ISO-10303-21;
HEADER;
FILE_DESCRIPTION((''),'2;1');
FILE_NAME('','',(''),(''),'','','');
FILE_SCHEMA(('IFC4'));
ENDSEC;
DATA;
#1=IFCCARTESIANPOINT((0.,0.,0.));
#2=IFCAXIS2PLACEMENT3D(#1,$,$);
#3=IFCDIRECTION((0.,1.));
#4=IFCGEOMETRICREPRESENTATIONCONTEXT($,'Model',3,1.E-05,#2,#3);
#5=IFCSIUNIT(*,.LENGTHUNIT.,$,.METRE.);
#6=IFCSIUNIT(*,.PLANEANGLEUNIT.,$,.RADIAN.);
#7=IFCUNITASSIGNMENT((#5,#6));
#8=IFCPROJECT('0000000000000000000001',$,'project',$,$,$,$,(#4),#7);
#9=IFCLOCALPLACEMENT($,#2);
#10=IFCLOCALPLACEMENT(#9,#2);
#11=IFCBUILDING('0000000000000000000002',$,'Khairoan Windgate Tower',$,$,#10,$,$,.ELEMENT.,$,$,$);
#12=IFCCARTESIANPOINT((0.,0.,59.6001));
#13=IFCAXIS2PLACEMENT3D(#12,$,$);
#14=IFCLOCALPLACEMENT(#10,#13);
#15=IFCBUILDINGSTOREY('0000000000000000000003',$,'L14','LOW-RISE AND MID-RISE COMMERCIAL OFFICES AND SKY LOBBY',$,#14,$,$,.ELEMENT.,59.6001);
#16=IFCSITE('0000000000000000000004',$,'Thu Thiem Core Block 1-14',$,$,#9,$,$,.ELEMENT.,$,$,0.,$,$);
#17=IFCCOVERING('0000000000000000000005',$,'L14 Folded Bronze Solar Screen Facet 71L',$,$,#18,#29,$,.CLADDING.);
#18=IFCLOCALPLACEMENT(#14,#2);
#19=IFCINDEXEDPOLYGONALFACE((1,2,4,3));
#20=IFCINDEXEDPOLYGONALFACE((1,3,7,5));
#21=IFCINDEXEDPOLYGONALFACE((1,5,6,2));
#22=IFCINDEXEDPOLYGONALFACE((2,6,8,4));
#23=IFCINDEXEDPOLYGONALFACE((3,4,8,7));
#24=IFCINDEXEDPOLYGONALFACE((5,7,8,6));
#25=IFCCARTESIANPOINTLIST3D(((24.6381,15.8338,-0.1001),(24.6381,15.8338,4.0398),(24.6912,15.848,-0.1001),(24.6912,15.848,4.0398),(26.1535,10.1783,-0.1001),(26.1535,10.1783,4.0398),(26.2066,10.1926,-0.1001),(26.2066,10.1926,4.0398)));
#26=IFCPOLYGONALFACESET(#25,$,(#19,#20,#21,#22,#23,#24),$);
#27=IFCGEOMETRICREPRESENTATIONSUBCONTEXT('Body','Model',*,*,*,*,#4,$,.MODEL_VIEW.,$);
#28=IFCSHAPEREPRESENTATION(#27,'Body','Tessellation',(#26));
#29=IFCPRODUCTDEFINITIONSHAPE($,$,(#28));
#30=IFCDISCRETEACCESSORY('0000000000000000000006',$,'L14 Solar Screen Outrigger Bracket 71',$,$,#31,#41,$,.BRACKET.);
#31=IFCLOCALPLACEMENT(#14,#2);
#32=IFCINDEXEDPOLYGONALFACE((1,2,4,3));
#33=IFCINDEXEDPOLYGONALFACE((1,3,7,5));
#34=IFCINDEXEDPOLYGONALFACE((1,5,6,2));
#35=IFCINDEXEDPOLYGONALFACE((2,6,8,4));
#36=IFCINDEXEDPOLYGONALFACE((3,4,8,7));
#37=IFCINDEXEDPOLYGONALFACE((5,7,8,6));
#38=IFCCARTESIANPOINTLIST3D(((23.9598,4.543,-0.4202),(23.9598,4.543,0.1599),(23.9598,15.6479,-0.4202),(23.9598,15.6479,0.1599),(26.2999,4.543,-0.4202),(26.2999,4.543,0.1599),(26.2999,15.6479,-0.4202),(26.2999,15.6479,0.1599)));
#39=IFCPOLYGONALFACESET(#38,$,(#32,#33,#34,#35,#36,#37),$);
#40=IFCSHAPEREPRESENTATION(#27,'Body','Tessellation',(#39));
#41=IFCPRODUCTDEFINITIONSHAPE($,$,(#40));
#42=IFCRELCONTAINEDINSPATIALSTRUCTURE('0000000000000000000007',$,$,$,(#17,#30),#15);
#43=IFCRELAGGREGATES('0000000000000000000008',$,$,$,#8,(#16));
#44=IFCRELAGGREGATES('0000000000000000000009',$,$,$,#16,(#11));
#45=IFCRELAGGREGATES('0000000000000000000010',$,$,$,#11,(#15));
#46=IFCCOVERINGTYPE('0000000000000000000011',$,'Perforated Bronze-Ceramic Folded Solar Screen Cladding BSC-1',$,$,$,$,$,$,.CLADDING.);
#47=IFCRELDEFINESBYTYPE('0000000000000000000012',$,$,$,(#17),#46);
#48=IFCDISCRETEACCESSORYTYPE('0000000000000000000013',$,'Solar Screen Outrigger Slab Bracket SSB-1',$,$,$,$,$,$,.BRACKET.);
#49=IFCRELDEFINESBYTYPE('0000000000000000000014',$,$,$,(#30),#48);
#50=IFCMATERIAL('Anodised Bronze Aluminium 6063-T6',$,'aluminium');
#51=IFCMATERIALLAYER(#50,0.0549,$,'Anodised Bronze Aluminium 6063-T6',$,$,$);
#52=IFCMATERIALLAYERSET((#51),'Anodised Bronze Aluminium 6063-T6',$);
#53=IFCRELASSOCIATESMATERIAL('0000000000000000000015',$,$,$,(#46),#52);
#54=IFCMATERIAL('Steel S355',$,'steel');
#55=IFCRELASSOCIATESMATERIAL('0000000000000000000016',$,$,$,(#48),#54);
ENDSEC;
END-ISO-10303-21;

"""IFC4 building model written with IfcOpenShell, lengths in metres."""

from ifc_helpers import new_model, si_unit, direction, frame, origin, origin_2d, place, context, subcontext, project, spatial, rectangle, extrude, material, layer, layer_set, type_object, element, save


model = new_model("IFC4")

# Units and contexts
model_context = context("Model", 3, precision=1e-05, world=origin(), true_north=direction((0.0, 1.0)))
body_context = subcontext(model_context, "Body", "Model", "MODEL_VIEW")
ifc_project = project(units=[si_unit("LENGTHUNIT", "METRE"), si_unit("PLANEANGLEUNIT", "RADIAN")], contexts=[model_context])

# Site, building, storey
site_placement = place(None, origin())
site = spatial("IfcSite", under=ifc_project, at=site_placement, Name="Thu Thiem Core Block 1-14", CompositionType="ELEMENT", RefElevation=0.0)
building_placement = place(site_placement, origin())
building = spatial("IfcBuilding", under=site, at=building_placement, Name="Khairoan Windgate Tower", CompositionType="ELEMENT")
storey_placement = place(building_placement, frame((0.0, 0.0, 59.6001)))
storey = spatial("IfcBuildingStorey", under=building, at=storey_placement, Name="L14", Description="LOW-RISE AND MID-RISE COMMERCIAL OFFICES AND SKY LOBBY", CompositionType="ELEMENT", Elevation=59.6001)

# Covering
ifc_material_1 = material(Name="Anodised Bronze Aluminium 6063-T6", Category="aluminium")
ifc_layer_1 = layer(ifc_material_1, 0.0549, Name="Anodised Bronze Aluminium 6063-T6")
ifc_layer_set_1 = layer_set([ifc_layer_1], Name="Anodised Bronze Aluminium 6063-T6")
covering_type = type_object("IfcCoveringType", Name="Perforated Bronze-Ceramic Folded Solar Screen Cladding BSC-1", PredefinedType="CLADDING", material=ifc_layer_set_1)
covering_placement = place(storey_placement, frame((25.4224, 13.0132, -0.1001), z_axis=(0.0, 0.0, 1.0), x_axis=(0.258819, -0.965926, 0.0)))
element("IfcCovering", 1, at=covering_placement, inside=storey, type_object=covering_type, Name="L14 Folded Bronze Solar Screen Facet 71L", PredefinedType="CLADDING", context=body_context, shape_type="SweptSolid", body=[
    extrude(rectangle(XDim=5.855, YDim=0.0549, at=origin_2d()), origin(), (0.0, 0.0, 1.0), 4.1399),
])

# Discrete accessory
ifc_material_2 = material(Name="Steel S355", Category="steel")
discrete_accessory_type = type_object("IfcDiscreteAccessoryType", Name="Solar Screen Outrigger Slab Bracket SSB-1", PredefinedType="BRACKET", material=ifc_material_2)
discrete_accessory_placement = place(storey_placement, frame((25.1299, 10.0955, -0.4202), z_axis=(0.0, 0.0, 1.0), x_axis=(0.0, -1.0, 0.0)))
element("IfcDiscreteAccessory", 2, at=discrete_accessory_placement, inside=storey, type_object=discrete_accessory_type, Name="L14 Solar Screen Outrigger Bracket 71", PredefinedType="BRACKET", context=body_context, shape_type="SweptSolid", body=[
    extrude(rectangle(XDim=11.105, YDim=2.3401, at=origin_2d()), origin(), (0.0, 0.0, 1.0), 0.5801),
])

save(model, "model.ifc")
